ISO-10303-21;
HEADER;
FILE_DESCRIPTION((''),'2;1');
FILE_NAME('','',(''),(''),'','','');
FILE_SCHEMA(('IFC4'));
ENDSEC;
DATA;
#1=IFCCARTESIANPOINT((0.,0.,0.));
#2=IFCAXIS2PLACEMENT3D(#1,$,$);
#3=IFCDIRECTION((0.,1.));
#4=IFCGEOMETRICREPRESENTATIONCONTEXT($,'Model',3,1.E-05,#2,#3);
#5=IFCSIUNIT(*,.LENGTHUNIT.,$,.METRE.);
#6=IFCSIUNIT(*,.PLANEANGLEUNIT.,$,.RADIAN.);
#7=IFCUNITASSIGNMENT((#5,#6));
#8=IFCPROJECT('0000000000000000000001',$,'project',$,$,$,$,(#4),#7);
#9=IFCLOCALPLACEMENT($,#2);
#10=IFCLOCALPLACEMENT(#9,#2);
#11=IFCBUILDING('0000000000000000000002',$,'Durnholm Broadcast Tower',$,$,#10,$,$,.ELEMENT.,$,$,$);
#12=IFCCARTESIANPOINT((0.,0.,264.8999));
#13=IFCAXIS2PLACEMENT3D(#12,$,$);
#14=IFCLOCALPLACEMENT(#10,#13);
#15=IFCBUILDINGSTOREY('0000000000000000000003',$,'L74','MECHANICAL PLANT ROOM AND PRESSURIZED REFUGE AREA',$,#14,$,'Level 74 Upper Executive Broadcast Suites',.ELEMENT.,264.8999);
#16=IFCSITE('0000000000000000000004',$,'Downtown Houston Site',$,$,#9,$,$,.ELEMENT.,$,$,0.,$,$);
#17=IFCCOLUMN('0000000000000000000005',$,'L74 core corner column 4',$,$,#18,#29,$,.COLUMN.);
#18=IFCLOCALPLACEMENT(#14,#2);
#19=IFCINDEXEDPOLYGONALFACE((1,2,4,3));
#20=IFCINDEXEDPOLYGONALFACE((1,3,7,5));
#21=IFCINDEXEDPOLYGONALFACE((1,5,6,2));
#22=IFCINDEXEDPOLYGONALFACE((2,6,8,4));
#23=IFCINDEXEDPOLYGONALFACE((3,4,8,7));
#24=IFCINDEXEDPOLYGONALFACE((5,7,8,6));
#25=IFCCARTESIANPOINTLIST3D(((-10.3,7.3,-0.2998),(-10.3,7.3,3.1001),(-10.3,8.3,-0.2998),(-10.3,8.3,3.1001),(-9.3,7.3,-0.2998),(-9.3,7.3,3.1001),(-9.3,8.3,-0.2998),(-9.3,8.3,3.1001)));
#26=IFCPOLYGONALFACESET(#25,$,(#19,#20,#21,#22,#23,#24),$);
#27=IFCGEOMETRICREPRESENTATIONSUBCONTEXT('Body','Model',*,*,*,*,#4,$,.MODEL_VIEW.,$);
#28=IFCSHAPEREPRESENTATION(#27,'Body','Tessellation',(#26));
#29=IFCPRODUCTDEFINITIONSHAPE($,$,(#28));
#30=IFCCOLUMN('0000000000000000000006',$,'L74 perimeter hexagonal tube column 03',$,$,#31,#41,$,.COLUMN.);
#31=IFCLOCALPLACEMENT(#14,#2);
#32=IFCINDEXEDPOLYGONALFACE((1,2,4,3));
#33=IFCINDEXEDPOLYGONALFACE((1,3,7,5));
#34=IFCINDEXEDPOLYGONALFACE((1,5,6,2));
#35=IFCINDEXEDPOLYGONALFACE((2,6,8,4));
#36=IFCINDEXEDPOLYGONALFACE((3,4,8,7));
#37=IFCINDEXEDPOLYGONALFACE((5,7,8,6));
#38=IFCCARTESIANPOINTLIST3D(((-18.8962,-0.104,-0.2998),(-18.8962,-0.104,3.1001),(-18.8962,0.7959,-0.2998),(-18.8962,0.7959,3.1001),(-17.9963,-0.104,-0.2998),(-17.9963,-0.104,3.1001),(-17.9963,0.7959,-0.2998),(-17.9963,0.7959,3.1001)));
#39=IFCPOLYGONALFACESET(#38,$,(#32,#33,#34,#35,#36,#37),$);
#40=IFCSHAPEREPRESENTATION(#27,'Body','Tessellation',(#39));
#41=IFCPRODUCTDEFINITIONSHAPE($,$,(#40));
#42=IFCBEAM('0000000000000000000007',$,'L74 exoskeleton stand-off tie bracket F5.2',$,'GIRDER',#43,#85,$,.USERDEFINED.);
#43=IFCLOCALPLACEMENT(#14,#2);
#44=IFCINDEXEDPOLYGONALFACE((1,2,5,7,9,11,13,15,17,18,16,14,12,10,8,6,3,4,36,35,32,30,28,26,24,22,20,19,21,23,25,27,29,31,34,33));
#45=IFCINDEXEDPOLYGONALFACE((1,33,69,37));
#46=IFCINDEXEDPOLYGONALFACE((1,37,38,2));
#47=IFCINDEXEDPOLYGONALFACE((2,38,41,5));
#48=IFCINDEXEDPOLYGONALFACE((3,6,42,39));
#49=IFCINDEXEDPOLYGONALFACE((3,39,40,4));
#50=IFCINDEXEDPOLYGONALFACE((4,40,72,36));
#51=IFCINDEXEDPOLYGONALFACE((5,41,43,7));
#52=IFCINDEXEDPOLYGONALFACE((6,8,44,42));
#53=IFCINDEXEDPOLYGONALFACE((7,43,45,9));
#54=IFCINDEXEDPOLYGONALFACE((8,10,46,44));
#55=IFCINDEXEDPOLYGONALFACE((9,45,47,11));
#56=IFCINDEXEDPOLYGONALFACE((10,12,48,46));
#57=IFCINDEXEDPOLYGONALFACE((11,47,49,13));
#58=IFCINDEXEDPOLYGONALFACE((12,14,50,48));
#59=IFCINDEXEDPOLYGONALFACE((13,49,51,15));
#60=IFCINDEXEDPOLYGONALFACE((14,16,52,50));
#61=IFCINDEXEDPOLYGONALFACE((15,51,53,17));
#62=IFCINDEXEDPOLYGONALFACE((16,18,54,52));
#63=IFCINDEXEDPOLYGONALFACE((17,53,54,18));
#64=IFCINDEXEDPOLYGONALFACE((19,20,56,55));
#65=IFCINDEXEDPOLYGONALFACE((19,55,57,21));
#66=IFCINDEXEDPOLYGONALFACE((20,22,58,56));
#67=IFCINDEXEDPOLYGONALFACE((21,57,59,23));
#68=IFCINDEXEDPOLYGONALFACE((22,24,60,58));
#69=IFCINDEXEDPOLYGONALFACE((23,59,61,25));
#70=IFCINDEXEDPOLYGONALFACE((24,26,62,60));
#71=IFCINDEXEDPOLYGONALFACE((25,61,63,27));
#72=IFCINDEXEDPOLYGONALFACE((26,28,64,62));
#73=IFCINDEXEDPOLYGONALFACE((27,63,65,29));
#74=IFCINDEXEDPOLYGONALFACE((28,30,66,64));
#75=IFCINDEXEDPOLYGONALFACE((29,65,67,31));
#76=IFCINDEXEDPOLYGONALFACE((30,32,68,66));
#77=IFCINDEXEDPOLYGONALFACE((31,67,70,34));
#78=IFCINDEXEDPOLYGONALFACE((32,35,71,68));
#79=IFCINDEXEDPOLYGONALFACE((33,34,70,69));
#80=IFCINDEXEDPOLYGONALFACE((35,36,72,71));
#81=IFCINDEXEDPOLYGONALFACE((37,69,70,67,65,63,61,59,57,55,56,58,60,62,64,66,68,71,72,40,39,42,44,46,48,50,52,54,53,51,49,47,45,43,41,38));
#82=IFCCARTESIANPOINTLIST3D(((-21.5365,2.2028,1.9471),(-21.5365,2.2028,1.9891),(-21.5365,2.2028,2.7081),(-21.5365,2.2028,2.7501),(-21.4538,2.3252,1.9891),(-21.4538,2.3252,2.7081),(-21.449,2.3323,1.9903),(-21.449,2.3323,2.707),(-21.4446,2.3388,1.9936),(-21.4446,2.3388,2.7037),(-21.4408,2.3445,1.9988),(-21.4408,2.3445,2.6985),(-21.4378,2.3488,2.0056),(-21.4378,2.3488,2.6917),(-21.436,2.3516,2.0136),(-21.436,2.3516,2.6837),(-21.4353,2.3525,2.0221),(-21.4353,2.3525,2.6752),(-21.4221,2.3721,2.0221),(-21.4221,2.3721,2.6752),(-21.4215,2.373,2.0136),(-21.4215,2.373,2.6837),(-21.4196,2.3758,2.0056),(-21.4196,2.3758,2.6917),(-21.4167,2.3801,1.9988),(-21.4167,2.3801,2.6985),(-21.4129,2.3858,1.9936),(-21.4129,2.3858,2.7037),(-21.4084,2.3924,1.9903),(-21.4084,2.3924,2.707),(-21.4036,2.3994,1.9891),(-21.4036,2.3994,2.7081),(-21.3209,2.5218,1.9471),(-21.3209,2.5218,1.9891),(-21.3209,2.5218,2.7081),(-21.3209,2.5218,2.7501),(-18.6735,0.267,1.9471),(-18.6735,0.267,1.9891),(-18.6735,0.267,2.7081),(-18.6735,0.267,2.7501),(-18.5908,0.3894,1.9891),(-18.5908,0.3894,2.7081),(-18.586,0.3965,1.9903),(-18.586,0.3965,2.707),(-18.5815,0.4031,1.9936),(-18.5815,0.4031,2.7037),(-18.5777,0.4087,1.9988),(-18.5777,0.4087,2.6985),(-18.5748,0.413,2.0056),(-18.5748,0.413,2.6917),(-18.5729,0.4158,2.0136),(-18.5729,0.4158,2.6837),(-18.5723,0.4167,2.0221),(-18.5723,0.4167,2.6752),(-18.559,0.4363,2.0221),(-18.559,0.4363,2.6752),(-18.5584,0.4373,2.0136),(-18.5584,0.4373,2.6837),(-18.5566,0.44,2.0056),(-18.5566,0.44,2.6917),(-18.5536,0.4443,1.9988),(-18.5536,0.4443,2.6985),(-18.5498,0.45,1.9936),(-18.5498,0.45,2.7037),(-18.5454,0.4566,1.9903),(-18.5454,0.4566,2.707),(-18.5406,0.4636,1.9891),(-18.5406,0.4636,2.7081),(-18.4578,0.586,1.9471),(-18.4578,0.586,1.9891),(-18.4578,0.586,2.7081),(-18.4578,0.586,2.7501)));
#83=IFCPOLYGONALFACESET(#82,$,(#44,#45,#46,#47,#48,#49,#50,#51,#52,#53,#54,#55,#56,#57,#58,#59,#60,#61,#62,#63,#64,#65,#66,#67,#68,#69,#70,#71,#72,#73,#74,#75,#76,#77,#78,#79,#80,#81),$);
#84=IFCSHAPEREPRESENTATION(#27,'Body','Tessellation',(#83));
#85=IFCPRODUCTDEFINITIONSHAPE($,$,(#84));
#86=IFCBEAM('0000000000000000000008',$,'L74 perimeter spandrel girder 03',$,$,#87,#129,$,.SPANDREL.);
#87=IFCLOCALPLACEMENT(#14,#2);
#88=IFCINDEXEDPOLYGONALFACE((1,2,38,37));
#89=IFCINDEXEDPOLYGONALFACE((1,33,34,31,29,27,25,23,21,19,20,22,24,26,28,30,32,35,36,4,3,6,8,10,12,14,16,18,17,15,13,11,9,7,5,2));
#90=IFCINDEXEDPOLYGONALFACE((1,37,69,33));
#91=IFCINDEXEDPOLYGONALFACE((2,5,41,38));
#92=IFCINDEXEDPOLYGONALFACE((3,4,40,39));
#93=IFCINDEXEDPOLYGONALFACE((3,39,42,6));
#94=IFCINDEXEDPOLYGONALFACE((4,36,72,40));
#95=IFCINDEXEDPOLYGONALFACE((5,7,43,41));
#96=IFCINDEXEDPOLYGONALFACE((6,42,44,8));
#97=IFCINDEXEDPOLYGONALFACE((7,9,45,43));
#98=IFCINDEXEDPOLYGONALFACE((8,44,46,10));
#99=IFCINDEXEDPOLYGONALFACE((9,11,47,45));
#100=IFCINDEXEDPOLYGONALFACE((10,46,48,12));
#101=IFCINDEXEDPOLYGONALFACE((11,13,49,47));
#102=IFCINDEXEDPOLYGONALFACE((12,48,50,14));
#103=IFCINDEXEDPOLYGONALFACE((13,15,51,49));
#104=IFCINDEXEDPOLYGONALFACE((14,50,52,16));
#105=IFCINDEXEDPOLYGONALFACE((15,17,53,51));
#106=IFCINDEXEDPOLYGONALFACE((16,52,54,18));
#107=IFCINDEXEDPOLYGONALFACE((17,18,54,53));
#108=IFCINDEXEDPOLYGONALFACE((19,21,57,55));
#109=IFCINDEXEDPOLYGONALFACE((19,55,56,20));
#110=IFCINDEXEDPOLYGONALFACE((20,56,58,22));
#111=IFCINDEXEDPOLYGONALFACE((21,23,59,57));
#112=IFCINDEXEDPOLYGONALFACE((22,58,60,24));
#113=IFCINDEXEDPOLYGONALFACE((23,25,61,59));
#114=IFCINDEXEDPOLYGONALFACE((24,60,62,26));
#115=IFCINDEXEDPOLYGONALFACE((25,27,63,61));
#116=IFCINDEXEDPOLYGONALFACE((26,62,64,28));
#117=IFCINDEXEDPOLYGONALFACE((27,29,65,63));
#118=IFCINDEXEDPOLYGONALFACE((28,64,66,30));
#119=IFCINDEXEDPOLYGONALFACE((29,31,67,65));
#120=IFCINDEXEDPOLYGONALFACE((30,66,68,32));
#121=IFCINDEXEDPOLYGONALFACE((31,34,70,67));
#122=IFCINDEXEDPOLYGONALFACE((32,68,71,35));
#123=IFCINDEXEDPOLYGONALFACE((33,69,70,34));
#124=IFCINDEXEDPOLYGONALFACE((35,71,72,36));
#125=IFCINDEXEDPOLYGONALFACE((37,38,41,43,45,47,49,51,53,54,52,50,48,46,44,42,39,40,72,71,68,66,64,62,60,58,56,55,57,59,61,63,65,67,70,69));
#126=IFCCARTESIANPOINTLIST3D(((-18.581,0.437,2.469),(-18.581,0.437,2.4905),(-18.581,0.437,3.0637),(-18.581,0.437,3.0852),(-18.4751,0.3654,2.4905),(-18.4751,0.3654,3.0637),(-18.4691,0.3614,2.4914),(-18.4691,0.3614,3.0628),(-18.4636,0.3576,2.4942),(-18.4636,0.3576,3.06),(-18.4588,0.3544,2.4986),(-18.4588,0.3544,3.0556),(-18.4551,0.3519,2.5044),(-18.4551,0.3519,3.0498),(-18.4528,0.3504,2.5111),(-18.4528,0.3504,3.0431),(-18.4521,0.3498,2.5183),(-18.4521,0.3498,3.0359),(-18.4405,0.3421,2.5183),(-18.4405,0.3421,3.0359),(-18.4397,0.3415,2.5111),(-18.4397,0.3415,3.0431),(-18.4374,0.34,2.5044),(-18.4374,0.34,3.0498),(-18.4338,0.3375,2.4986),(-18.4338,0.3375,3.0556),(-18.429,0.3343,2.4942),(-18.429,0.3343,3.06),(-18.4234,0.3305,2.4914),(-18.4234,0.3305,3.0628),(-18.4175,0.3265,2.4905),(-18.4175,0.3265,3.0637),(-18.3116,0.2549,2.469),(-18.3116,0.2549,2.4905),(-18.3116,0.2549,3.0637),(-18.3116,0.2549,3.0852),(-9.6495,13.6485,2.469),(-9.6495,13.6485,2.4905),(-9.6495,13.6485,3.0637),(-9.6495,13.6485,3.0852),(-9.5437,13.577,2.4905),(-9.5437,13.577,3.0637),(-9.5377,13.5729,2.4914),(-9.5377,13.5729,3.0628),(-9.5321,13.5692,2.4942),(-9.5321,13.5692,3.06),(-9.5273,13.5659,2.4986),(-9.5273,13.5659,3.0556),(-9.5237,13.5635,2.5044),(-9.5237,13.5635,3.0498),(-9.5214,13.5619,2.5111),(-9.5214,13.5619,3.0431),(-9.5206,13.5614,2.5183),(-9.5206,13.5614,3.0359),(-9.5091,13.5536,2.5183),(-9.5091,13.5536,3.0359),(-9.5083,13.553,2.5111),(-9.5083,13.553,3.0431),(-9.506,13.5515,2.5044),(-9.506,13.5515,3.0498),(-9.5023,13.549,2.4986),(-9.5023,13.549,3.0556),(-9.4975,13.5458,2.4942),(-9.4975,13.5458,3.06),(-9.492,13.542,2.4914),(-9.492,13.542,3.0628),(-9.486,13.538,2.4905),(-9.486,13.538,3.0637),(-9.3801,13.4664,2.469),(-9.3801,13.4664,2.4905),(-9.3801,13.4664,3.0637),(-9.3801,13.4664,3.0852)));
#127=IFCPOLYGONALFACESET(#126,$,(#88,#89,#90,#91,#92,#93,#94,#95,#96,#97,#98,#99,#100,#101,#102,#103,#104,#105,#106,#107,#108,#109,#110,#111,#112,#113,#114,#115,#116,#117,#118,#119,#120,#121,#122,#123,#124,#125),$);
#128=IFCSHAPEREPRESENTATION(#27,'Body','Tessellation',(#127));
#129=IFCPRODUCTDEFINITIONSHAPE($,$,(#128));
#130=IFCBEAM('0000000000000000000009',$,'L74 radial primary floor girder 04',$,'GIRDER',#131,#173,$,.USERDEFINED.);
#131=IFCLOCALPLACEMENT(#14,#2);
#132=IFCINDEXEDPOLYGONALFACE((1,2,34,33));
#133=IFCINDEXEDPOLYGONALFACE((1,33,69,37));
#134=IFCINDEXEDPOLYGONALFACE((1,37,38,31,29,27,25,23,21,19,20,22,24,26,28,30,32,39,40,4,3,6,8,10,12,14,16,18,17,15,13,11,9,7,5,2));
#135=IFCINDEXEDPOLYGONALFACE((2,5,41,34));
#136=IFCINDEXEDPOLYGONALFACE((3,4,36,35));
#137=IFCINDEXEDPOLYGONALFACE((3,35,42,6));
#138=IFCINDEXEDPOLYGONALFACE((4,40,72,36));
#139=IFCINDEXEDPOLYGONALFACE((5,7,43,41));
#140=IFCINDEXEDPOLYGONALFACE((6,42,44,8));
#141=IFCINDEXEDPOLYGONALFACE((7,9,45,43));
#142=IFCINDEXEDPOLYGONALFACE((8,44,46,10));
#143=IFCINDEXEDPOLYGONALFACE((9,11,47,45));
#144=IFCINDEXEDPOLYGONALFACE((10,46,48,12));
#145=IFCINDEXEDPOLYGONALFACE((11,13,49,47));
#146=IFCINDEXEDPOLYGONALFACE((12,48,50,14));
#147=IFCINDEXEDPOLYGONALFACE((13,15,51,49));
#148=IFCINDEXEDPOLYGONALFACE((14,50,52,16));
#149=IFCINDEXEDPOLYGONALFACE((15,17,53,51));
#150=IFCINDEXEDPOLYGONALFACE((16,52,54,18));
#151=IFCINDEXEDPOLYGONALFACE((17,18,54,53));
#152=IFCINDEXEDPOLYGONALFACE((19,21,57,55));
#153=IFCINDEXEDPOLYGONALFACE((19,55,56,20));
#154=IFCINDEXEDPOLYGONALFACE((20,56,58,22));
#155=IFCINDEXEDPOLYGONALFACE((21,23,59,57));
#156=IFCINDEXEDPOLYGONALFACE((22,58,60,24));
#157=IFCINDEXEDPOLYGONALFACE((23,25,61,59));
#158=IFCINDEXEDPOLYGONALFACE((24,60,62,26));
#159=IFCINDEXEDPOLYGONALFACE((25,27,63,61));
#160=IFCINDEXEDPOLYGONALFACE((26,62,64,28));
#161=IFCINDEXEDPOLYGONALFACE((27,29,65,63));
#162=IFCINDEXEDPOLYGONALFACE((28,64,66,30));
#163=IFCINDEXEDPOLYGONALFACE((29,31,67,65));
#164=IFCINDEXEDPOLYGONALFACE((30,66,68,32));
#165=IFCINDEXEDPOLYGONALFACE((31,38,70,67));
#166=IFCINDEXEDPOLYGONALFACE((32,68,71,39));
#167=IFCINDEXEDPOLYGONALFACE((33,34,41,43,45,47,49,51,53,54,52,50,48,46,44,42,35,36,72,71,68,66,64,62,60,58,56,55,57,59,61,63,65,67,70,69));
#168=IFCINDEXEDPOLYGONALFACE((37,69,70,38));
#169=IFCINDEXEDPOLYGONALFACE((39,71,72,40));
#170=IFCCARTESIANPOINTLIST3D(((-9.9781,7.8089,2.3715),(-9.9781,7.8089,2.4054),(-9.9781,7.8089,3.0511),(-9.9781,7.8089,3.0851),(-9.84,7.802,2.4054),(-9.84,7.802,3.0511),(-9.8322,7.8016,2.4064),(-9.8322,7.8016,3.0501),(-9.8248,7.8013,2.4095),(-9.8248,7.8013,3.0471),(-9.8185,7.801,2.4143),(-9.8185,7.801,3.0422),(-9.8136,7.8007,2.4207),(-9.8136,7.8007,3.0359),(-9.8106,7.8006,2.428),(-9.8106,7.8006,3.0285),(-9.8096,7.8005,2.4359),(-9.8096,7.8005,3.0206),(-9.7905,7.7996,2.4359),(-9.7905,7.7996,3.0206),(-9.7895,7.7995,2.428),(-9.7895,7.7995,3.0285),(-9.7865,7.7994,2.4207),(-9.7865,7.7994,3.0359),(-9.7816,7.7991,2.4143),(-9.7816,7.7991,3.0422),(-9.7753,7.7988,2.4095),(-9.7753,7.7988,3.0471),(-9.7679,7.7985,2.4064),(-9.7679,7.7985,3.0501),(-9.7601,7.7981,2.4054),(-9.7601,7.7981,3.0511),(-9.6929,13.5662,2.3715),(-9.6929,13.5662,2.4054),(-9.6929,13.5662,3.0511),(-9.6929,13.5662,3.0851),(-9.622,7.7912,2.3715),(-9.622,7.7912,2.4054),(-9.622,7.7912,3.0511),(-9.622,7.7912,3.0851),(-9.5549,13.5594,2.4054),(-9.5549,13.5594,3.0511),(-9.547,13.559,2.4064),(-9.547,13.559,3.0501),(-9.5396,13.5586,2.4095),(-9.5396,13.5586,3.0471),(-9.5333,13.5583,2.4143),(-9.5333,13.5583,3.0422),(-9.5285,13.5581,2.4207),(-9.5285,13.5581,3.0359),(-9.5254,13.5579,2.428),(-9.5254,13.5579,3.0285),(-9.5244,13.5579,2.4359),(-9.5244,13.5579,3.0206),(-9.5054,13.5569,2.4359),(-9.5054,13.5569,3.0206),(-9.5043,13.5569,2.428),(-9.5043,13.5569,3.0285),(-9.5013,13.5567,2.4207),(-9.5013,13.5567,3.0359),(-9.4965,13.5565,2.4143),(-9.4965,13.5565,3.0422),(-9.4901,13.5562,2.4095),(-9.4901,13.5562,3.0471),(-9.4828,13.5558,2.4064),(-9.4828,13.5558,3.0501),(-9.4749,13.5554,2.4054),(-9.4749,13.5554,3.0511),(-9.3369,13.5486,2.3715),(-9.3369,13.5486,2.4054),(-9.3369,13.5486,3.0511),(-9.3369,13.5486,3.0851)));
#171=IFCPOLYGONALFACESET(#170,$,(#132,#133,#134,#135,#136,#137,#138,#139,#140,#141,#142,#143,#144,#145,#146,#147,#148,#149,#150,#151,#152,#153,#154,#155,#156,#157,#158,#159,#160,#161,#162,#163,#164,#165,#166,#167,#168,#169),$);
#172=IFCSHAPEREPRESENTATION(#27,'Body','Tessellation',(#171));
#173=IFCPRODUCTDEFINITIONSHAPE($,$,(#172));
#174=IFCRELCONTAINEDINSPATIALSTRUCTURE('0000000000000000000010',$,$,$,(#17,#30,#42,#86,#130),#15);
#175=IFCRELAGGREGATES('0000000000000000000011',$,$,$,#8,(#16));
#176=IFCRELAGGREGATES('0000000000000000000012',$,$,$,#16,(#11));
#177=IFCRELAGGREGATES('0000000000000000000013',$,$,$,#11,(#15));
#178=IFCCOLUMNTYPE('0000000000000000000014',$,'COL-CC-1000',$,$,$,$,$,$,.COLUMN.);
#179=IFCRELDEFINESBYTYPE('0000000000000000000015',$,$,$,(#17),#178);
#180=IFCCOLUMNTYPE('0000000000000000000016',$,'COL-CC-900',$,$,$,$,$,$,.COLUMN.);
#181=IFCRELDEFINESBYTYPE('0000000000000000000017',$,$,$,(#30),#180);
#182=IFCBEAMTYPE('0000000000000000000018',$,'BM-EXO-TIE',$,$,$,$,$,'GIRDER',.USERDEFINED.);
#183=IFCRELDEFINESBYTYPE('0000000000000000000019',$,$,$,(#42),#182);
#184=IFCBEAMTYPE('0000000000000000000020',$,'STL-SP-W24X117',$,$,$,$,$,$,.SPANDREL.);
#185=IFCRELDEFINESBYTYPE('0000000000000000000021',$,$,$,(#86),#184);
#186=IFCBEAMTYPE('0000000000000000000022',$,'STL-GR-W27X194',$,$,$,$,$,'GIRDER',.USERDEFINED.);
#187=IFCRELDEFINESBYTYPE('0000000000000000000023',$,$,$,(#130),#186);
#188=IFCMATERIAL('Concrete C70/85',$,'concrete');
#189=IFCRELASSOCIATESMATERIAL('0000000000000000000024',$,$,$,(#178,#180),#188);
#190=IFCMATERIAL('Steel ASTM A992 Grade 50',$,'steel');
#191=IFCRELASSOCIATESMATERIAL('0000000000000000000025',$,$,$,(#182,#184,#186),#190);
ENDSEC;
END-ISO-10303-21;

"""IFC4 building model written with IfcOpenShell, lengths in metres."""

from ifc_helpers import new_model, si_unit, direction, frame, origin, origin_2d, place, context, subcontext, project, spatial, rectangle, i_section, extrude, source, transform, mapped, material, material_profile, profile_set, type_object, type_shapes, element, save


model = new_model("IFC4")

# Units and contexts
model_context = context("Model", 3, precision=1e-05, world=origin(), true_north=direction((0.0, 1.0)))
body_context = subcontext(model_context, "Body", "Model", "MODEL_VIEW")
ifc_project = project(units=[si_unit("LENGTHUNIT", "METRE"), si_unit("PLANEANGLEUNIT", "RADIAN")], contexts=[model_context])

# Site, building, storey
site_placement = place(None, origin())
site = spatial("IfcSite", under=ifc_project, at=site_placement, Name="Downtown Houston Site", CompositionType="ELEMENT", RefElevation=0.0)
building_placement = place(site_placement, origin())
building = spatial("IfcBuilding", under=site, at=building_placement, Name="Durnholm Broadcast Tower", CompositionType="ELEMENT")
storey_placement = place(building_placement, frame((0.0, 0.0, 264.8999)))
storey = spatial("IfcBuildingStorey", under=building, at=storey_placement, Name="L74", Description="MECHANICAL PLANT ROOM AND PRESSURIZED REFUGE AREA", LongName="Level 74 Upper Executive Broadcast Suites", CompositionType="ELEMENT", Elevation=264.8999)

# Columns
ifc_material_1 = material(Name="Concrete C70/85", Category="concrete")
ifc_material_profile_1 = material_profile(ifc_material_1, rectangle(XDim=1.0, YDim=1.0, at=origin_2d()), Name="RC1000X1000")
ifc_profile_set_1 = profile_set([ifc_material_profile_1], Name="Concrete C70/85")
column_type_1 = type_object("IfcColumnType", Name="COL-CC-1000", PredefinedType="COLUMN", material=ifc_profile_set_1)
shared_shape_1 = source(origin(), body_context, "Body", "SweptSolid", [
    extrude(rectangle(XDim=1.0, YDim=1.0, at=origin_2d()), origin(), (0.0, 0.0, 1.0), 3.3999),
])
type_shapes(column_type_1, [shared_shape_1])
column_1_placement = place(storey_placement, frame((-9.8, 7.8, -0.2998), z_axis=(0.0, 0.0, 1.0), x_axis=(1.0, 0.0, 0.0)))
element("IfcColumn", 1, at=column_1_placement, inside=storey, type_object=column_type_1, Name="L74 core corner column 4", PredefinedType="COLUMN", context=body_context, shape_type="MappedRepresentation", body=[
    mapped(shared_shape_1, transform((0.0, 0.0, 0.0), x_axis=(1.0, 0.0, 0.0), y_axis=(0.0, 1.0, 0.0), z_axis=(0.0, 0.0, 1.0), scale=1.0)),
])
ifc_material_profile_2 = material_profile(ifc_material_1, rectangle(XDim=0.8999, YDim=0.8999, at=origin_2d()), Name="RC900X900")
ifc_profile_set_2 = profile_set([ifc_material_profile_2], Name="Concrete C70/85")
column_type_2 = type_object("IfcColumnType", Name="COL-CC-900", PredefinedType="COLUMN", material=ifc_profile_set_2)
shared_shape_2 = source(origin(), body_context, "Body", "SweptSolid", [
    extrude(rectangle(XDim=0.8999, YDim=0.8999, at=origin_2d()), origin(), (0.0, 0.0, 1.0), 3.3999),
])
type_shapes(column_type_2, [shared_shape_2])
column_2_placement = place(storey_placement, frame((-18.4463, 0.3459, -0.2998), z_axis=(0.0, 0.0, 1.0), x_axis=(1.0, 0.0, 0.0)))
element("IfcColumn", 2, at=column_2_placement, inside=storey, type_object=column_type_2, Name="L74 perimeter hexagonal tube column 03", PredefinedType="COLUMN", context=body_context, shape_type="MappedRepresentation", body=[
    mapped(shared_shape_2, transform((0.0, 0.0, 0.0), x_axis=(1.0, 0.0, 0.0), y_axis=(0.0, 1.0, 0.0), z_axis=(0.0, 0.0, 1.0), scale=1.0)),
])

# Beams
ifc_material_2 = material(Name="Steel ASTM A992 Grade 50", Category="steel")
ifc_material_profile_3 = material_profile(ifc_material_2, i_section(OverallWidth=0.385, OverallDepth=0.803, WebThickness=0.0237, FlangeThickness=0.042, FilletRadius=0.033, at=origin_2d()), Name="W30X261")
ifc_profile_set_3 = profile_set([ifc_material_profile_3], Name="Steel ASTM A992 Grade 50")
beam_type_1 = type_object("IfcBeamType", Name="BM-EXO-TIE", ElementType="GIRDER", PredefinedType="USERDEFINED", material=ifc_profile_set_3)
shared_shape_3 = source(origin(), body_context, "Body", "SweptSolid", [
    extrude(i_section(OverallWidth=0.385, OverallDepth=0.803, WebThickness=0.0237, FlangeThickness=0.042, FilletRadius=0.033, at=origin_2d()), origin(), (0.0, 0.0, 1.0), 3.4561),
])
beam_1_placement = place(storey_placement, frame((-18.5657, 0.4265, 2.3486), z_axis=(-0.828414, 0.560117, 0.0), x_axis=(-0.560117, -0.828414, 0.0)))
element("IfcBeam", 3, at=beam_1_placement, inside=storey, type_object=beam_type_1, Name="L74 exoskeleton stand-off tie bracket F5.2", ObjectType="GIRDER", PredefinedType="USERDEFINED", context=body_context, shape_type="MappedRepresentation", body=[
    mapped(shared_shape_3, transform((0.0, 0.0, 0.0), x_axis=(1.0, 0.0, 0.0), y_axis=(0.0, 1.0, 0.0), z_axis=(0.0, 0.0, 1.0), scale=1.0)),
])
ifc_material_profile_4 = material_profile(ifc_material_2, i_section(OverallWidth=0.3252, OverallDepth=0.6162, WebThickness=0.0139, FlangeThickness=0.0215, FilletRadius=0.0278, at=origin_2d()), Name="W24X117")
ifc_profile_set_4 = profile_set([ifc_material_profile_4], Name="Steel ASTM A992 Grade 50")
beam_type_2 = type_object("IfcBeamType", Name="STL-SP-W24X117", PredefinedType="SPANDREL", material=ifc_profile_set_4)
shared_shape_4 = source(origin(), body_context, "Body", "SweptSolid", [
    extrude(i_section(OverallWidth=0.3252, OverallDepth=0.6162, WebThickness=0.0139, FlangeThickness=0.0215, FilletRadius=0.0278, at=origin_2d()), origin(), (0.0, 0.0, 1.0), 15.9473),
])
type_shapes(beam_type_2, [shared_shape_4])
beam_2_placement = place(storey_placement, frame((-18.4463, 0.3459, 2.7771), z_axis=(0.560062, 0.828451, 0.0), x_axis=(-0.828451, 0.560062, 0.0)))
element("IfcBeam", 4, at=beam_2_placement, inside=storey, type_object=beam_type_2, Name="L74 perimeter spandrel girder 03", PredefinedType="SPANDREL", context=body_context, shape_type="MappedRepresentation", body=[
    mapped(shared_shape_4, transform((0.0, 0.0, 0.0), x_axis=(1.0, 0.0, 0.0), y_axis=(0.0, 1.0, 0.0), z_axis=(0.0, 0.0, 1.0), scale=1.0)),
])
ifc_material_profile_5 = material_profile(ifc_material_2, i_section(OverallWidth=0.3564, OverallDepth=0.7136, WebThickness=0.019, FlangeThickness=0.0339, FilletRadius=0.0305, at=origin_2d()), Name="W27X194")
ifc_profile_set_5 = profile_set([ifc_material_profile_5], Name="Steel ASTM A992 Grade 50")
beam_type_3 = type_object("IfcBeamType", Name="STL-GR-W27X194", ElementType="GIRDER", PredefinedType="USERDEFINED", material=ifc_profile_set_5)
shared_shape_5 = source(origin(), body_context, "Body", "SweptSolid", [
    extrude(i_section(OverallWidth=0.3564, OverallDepth=0.7136, WebThickness=0.019, FlangeThickness=0.0339, FilletRadius=0.0305, at=origin_2d()), origin(), (0.0, 0.0, 1.0), 5.7644),
])
beam_3_placement = place(storey_placement, frame((-9.8, 7.8, 2.7283), z_axis=(0.049469, 0.998776, 0.0), x_axis=(-0.998776, 0.049469, 0.0)))
element("IfcBeam", 5, at=beam_3_placement, inside=storey, type_object=beam_type_3, Name="L74 radial primary floor girder 04", ObjectType="GIRDER", PredefinedType="USERDEFINED", context=body_context, shape_type="MappedRepresentation", body=[
    mapped(shared_shape_5, transform((0.0, 0.0, 0.0), x_axis=(1.0, 0.0, 0.0), y_axis=(0.0, 1.0, 0.0), z_axis=(0.0, 0.0, 1.0), scale=1.0)),
])

save(model, "model.ifc")
